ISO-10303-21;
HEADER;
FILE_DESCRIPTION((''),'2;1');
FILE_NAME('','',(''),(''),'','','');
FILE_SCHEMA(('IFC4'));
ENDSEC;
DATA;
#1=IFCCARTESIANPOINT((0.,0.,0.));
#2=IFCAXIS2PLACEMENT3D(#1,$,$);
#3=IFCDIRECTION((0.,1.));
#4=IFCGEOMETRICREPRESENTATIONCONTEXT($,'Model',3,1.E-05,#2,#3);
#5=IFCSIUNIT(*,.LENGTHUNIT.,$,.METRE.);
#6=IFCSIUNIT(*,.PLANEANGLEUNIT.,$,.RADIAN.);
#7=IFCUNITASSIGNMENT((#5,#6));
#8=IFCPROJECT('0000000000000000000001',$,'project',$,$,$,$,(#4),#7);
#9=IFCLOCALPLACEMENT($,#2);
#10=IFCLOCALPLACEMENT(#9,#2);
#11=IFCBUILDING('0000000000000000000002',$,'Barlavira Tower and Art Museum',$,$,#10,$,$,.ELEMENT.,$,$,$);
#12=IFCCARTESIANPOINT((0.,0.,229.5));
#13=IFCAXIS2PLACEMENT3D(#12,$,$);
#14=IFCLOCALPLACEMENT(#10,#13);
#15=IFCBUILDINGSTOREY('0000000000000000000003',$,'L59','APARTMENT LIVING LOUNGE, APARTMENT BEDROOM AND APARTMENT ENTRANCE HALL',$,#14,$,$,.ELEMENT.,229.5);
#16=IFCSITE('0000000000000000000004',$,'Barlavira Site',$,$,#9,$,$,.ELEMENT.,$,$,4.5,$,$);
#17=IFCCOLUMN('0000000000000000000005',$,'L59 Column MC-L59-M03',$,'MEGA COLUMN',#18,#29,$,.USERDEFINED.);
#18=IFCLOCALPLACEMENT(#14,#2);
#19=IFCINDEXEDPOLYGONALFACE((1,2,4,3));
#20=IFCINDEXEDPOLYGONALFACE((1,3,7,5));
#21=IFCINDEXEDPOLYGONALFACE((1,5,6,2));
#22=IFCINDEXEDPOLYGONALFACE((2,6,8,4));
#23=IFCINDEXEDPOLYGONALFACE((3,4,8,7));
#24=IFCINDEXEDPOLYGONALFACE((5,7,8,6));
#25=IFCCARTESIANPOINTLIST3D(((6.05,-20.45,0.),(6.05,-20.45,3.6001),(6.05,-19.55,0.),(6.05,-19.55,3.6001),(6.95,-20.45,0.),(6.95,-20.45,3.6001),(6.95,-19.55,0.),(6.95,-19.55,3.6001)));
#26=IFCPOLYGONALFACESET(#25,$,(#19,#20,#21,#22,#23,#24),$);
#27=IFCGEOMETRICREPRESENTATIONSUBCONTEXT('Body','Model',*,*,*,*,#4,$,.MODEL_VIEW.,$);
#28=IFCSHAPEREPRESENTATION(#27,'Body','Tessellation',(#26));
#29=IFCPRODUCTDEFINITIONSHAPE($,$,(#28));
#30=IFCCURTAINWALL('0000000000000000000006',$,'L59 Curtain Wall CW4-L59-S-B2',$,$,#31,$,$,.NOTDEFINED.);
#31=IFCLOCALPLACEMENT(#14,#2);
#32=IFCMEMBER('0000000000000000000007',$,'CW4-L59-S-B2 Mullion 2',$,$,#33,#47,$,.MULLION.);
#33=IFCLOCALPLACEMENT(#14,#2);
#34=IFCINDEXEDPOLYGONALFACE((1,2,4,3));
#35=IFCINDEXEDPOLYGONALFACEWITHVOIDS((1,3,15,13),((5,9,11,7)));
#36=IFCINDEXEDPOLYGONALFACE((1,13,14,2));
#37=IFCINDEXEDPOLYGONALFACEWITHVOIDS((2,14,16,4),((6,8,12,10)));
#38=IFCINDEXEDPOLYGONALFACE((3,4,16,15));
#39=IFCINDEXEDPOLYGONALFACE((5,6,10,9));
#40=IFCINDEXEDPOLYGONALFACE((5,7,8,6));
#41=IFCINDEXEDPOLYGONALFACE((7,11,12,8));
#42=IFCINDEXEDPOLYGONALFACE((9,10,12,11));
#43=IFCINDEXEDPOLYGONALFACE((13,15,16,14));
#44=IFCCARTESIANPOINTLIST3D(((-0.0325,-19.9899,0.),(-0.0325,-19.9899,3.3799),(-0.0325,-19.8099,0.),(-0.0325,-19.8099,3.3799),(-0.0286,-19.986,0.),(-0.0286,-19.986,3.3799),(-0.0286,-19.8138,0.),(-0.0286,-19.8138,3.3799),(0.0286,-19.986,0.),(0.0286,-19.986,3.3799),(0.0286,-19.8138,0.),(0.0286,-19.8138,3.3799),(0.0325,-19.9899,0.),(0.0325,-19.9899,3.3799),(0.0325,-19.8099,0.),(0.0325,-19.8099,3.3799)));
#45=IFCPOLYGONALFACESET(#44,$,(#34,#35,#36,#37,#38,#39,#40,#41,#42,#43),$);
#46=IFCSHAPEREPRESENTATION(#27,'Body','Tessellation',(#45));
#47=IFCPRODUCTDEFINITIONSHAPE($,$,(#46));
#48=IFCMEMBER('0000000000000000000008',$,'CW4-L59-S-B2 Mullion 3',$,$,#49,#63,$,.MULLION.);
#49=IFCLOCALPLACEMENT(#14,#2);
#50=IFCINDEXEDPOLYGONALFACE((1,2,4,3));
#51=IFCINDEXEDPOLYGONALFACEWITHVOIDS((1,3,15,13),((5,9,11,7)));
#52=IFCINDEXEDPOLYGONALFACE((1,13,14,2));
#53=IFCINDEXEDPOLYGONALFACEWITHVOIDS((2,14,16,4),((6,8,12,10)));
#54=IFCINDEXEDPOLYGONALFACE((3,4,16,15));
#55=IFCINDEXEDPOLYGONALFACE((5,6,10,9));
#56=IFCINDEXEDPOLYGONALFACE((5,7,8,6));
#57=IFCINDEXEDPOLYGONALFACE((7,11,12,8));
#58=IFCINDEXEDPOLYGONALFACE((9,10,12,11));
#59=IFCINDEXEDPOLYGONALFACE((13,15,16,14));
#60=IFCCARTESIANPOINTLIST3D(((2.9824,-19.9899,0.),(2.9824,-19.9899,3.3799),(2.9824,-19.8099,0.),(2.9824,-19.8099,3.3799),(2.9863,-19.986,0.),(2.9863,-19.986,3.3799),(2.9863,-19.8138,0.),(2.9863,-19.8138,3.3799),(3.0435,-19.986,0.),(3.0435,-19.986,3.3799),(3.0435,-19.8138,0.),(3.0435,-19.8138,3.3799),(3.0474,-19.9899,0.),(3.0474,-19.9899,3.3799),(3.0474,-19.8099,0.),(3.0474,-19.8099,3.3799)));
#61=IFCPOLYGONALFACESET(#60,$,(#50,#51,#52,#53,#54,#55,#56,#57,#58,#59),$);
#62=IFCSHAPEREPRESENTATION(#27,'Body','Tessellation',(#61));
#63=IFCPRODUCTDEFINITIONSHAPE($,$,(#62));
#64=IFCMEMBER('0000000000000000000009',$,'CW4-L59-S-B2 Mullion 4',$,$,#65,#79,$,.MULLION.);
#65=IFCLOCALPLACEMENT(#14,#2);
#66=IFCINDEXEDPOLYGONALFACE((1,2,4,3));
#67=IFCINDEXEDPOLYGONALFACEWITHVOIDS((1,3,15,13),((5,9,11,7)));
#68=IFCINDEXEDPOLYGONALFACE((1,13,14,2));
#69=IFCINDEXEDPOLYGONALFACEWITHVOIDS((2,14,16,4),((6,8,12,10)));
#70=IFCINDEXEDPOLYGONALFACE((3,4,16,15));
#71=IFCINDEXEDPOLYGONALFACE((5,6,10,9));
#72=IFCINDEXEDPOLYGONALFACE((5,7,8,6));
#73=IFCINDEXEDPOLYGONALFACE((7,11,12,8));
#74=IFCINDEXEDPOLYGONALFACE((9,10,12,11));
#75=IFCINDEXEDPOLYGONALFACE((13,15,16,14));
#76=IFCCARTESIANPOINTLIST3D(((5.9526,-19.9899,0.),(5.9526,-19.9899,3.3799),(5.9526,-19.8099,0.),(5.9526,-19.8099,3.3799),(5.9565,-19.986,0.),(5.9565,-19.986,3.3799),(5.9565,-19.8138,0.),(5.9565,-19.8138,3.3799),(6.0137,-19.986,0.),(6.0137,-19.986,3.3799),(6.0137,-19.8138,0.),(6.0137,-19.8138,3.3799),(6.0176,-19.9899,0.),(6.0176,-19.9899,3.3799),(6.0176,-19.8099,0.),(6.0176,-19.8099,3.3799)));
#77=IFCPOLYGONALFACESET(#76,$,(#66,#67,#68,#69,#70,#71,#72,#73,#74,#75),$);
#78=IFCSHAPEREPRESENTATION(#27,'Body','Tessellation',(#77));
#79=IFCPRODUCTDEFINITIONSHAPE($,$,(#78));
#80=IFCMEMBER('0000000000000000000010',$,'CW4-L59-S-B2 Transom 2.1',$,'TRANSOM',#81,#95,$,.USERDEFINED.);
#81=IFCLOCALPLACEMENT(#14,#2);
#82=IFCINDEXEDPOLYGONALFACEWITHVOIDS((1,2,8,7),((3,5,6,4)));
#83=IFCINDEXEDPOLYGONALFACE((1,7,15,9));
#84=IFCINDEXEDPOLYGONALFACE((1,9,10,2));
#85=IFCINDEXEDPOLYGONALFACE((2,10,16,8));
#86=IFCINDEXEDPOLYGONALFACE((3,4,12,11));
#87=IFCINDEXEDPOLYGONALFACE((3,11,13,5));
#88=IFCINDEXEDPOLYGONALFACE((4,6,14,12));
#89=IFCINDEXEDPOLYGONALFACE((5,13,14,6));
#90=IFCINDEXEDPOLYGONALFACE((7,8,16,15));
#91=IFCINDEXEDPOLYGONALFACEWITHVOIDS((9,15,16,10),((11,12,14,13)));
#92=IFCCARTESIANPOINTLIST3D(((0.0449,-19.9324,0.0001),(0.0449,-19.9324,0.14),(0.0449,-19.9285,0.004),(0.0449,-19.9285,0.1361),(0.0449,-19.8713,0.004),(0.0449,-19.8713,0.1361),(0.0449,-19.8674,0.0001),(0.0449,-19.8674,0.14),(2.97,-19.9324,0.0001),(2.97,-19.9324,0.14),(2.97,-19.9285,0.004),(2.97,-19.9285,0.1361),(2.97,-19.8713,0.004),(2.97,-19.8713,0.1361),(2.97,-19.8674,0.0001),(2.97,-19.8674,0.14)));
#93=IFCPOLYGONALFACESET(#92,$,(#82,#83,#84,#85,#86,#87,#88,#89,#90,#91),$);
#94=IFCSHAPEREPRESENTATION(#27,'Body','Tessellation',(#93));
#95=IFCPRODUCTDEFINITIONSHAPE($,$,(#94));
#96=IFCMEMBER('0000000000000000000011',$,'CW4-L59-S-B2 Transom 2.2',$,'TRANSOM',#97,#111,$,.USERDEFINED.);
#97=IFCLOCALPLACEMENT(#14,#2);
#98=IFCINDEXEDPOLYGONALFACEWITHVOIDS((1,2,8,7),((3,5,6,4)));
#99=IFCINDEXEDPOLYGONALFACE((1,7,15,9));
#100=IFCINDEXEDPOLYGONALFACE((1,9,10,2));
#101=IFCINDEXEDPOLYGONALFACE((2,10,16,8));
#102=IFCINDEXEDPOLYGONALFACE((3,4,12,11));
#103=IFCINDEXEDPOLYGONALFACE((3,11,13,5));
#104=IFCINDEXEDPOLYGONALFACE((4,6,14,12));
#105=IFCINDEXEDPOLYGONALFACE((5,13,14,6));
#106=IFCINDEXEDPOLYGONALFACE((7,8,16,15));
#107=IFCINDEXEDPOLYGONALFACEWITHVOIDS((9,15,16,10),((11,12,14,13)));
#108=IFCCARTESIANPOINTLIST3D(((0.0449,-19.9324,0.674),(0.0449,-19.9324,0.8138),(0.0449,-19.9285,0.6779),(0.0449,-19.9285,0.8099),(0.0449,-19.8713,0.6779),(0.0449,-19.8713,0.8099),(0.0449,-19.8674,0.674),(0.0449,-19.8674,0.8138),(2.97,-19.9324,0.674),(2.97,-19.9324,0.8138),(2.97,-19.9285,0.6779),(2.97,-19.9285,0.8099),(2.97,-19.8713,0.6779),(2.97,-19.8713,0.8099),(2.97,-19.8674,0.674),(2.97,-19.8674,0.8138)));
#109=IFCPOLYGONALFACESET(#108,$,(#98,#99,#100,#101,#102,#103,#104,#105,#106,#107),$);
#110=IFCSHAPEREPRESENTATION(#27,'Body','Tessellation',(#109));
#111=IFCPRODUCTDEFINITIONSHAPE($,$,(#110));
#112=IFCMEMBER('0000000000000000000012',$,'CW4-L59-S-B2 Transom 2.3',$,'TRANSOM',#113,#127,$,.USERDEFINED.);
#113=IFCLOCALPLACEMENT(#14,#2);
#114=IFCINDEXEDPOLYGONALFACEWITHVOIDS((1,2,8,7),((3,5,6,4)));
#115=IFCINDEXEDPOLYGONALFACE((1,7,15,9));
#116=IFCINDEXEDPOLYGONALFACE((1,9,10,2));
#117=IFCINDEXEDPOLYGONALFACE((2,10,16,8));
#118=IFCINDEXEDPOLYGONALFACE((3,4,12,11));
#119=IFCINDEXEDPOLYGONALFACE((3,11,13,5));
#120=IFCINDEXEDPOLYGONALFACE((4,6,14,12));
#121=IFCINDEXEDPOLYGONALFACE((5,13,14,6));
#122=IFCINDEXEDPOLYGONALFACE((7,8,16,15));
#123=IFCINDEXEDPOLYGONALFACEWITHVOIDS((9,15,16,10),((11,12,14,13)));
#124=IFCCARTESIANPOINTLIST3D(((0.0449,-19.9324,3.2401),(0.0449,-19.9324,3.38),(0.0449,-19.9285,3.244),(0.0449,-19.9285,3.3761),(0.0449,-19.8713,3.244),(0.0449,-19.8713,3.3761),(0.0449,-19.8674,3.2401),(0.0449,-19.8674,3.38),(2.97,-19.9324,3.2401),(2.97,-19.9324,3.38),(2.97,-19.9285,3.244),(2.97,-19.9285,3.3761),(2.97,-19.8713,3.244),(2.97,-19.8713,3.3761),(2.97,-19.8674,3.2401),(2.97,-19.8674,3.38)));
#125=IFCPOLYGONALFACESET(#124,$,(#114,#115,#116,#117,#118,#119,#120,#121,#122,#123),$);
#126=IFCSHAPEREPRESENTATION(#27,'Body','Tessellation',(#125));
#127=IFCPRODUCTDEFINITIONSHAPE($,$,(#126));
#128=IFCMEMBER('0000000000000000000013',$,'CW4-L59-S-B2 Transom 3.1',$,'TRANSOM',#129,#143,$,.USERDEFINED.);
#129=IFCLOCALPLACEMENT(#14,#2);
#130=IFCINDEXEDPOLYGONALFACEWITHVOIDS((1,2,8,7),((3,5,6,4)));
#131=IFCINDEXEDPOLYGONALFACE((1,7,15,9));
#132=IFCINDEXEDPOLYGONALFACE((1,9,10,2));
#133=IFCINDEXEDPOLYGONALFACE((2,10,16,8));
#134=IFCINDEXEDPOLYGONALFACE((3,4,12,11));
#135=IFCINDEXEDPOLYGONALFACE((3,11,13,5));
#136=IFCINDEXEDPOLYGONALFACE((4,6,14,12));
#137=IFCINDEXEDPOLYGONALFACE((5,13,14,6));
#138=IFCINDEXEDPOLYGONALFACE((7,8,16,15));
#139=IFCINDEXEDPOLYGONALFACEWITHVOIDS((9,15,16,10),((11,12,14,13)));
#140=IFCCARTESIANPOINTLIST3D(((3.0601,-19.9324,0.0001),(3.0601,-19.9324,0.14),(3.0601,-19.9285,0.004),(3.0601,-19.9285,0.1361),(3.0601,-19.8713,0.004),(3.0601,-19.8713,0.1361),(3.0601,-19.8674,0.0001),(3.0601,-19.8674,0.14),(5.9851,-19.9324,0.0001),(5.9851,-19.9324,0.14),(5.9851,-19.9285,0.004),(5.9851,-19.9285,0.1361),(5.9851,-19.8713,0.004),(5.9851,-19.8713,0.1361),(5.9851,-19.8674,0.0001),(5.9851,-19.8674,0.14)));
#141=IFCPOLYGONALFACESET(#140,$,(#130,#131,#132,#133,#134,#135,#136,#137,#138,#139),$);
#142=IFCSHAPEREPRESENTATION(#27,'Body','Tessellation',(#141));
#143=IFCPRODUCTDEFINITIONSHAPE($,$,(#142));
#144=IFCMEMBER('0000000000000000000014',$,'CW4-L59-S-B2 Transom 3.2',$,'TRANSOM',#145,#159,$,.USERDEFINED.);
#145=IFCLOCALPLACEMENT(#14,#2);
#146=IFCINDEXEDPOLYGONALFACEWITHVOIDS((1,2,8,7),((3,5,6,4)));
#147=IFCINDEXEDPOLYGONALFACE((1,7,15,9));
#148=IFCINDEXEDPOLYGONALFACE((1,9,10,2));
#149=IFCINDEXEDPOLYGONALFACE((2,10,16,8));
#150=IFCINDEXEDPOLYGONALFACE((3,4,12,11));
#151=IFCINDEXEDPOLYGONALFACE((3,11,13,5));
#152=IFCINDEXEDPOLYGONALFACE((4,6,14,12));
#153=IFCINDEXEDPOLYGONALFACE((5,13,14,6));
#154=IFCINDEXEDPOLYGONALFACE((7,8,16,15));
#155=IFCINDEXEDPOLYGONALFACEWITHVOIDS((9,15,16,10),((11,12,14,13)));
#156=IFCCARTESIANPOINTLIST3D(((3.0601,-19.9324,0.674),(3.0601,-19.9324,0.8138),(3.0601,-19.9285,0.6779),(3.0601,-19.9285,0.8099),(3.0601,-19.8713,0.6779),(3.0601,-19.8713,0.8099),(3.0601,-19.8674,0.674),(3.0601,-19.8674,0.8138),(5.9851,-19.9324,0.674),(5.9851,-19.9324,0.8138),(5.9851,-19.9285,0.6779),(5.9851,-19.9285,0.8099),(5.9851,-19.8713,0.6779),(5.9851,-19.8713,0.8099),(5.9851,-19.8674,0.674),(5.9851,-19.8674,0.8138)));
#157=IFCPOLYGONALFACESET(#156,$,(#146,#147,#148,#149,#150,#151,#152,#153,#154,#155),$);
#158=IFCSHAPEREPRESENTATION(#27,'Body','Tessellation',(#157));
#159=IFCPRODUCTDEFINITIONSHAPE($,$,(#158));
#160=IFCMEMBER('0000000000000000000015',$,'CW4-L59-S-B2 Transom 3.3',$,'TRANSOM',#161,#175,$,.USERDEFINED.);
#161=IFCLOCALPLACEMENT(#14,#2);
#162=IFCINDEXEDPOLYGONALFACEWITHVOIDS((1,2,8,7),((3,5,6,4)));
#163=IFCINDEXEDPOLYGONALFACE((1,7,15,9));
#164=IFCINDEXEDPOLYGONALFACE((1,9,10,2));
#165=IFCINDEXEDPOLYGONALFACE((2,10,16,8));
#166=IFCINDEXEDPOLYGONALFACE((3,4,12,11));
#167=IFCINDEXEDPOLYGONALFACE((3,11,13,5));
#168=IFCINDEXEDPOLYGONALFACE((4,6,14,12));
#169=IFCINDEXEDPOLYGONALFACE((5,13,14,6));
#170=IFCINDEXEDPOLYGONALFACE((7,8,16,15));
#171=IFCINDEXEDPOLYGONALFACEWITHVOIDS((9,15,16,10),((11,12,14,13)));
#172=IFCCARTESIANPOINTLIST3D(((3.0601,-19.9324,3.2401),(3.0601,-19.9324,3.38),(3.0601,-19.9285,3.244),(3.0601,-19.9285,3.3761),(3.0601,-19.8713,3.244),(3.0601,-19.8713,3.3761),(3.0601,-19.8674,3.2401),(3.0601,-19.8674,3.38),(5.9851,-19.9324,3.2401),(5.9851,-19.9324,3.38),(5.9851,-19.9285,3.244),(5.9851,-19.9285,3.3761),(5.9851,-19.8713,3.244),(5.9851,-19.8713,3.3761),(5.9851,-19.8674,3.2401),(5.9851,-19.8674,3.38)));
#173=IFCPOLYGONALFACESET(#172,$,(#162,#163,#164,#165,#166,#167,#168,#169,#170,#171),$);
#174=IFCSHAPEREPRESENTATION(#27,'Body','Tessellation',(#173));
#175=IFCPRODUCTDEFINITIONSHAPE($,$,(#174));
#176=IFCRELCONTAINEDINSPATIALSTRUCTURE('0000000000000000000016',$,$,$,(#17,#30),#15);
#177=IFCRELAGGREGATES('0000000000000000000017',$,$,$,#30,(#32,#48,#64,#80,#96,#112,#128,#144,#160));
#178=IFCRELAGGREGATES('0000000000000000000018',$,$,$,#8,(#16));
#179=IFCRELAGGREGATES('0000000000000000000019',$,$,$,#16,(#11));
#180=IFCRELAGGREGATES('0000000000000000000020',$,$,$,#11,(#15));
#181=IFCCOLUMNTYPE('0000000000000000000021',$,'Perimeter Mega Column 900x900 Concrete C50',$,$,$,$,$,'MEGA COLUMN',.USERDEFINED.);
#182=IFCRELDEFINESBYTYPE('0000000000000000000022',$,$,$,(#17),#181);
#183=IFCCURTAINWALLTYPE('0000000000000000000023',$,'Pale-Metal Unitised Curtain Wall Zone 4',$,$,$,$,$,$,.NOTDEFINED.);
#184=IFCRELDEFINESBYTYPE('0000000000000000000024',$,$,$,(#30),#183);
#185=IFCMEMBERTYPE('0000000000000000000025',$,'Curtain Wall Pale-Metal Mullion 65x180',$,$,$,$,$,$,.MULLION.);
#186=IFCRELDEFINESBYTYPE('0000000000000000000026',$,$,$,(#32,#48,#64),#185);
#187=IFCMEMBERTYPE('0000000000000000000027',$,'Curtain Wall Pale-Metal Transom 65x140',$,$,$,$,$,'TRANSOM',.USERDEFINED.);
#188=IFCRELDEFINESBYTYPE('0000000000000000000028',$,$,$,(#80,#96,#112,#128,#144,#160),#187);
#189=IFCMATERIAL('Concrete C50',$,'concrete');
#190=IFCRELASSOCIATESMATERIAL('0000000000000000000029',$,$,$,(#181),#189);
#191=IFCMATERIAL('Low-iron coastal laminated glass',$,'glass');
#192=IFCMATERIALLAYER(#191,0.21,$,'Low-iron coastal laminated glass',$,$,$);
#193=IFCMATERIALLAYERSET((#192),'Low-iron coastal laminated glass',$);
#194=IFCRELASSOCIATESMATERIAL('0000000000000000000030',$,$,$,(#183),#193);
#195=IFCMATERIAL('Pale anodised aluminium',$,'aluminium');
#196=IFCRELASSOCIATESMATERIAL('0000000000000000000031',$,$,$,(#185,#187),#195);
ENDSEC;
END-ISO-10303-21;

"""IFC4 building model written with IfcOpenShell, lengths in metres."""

from ifc_helpers import new_model, si_unit, direction, frame, origin, origin_2d, place, context, subcontext, project, spatial, rectangle, hollow_rectangle, extrude, material, layer, layer_set, material_profile, profile_set, type_object, element, aggregate, save


model = new_model("IFC4")

# Units and contexts
model_context = context("Model", 3, precision=1e-05, world=origin(), true_north=direction((0.0, 1.0)))
body_context = subcontext(model_context, "Body", "Model", "MODEL_VIEW")
ifc_project = project(units=[si_unit("LENGTHUNIT", "METRE"), si_unit("PLANEANGLEUNIT", "RADIAN")], contexts=[model_context])

# Site, building, storey
site_placement = place(None, origin())
site = spatial("IfcSite", under=ifc_project, at=site_placement, Name="Barlavira Site", CompositionType="ELEMENT", RefElevation=4.5)
building_placement = place(site_placement, origin())
building = spatial("IfcBuilding", under=site, at=building_placement, Name="Barlavira Tower and Art Museum", CompositionType="ELEMENT")
storey_placement = place(building_placement, frame((0.0, 0.0, 229.5)))
storey = spatial("IfcBuildingStorey", under=building, at=storey_placement, Name="L59", Description="APARTMENT LIVING LOUNGE, APARTMENT BEDROOM AND APARTMENT ENTRANCE HALL", CompositionType="ELEMENT", Elevation=229.5)

# Column
ifc_material_1 = material(Name="Concrete C50", Category="concrete")
ifc_material_profile_1 = material_profile(ifc_material_1, rectangle(XDim=0.8999, YDim=0.8999, at=origin_2d()), Name="RC-COL 900x900")
ifc_profile_set_1 = profile_set([ifc_material_profile_1], Name="Concrete C50")
column_type = type_object("IfcColumnType", Name="Perimeter Mega Column 900x900 Concrete C50", ElementType="MEGA COLUMN", PredefinedType="USERDEFINED", material=ifc_profile_set_1)
column_placement = place(storey_placement, frame((6.5, -20.0, 0.0), z_axis=(0.0, 0.0, 1.0), x_axis=(1.0, 0.0, 0.0)))
element("IfcColumn", 1, at=column_placement, inside=storey, type_object=column_type, Name="L59 Column MC-L59-M03", ObjectType="MEGA COLUMN", PredefinedType="USERDEFINED", context=body_context, shape_type="SweptSolid", body=[
    extrude(rectangle(XDim=0.8999, YDim=0.8999, at=origin_2d()), origin(), (0.0, 0.0, 1.0), 3.6001),
])

# Curtain wall, members
ifc_material_2 = material(Name="Low-iron coastal laminated glass", Category="glass")
ifc_layer_1 = layer(ifc_material_2, 0.21, Name="Low-iron coastal laminated glass")
ifc_layer_set_1 = layer_set([ifc_layer_1], Name="Low-iron coastal laminated glass")
curtain_wall_type = type_object("IfcCurtainWallType", Name="Pale-Metal Unitised Curtain Wall Zone 4", PredefinedType="NOTDEFINED", material=ifc_layer_set_1)
curtain_wall_placement = place(storey_placement, origin())
curtain_wall = element("IfcCurtainWall", 2, at=curtain_wall_placement, inside=storey, type_object=curtain_wall_type, Name="L59 Curtain Wall CW4-L59-S-B2", PredefinedType="NOTDEFINED")
ifc_material_3 = material(Name="Pale anodised aluminium", Category="aluminium")
ifc_material_profile_2 = material_profile(ifc_material_3, hollow_rectangle(XDim=0.0649, YDim=0.1799, WallThickness=0.0039, at=origin_2d()), Name="ALU-MULL 65x180x4")
ifc_profile_set_2 = profile_set([ifc_material_profile_2], Name="Pale anodised aluminium")
member_type_1 = type_object("IfcMemberType", Name="Curtain Wall Pale-Metal Mullion 65x180", PredefinedType="MULLION", material=ifc_profile_set_2)
member_1_placement = place(storey_placement, frame((0.0, -19.8999, 0.0), z_axis=(0.0, 0.0, 1.0), x_axis=(1.0, 0.0, 0.0)))
member_1 = element("IfcMember", 3, at=member_1_placement, type_object=member_type_1, Name="CW4-L59-S-B2 Mullion 2", PredefinedType="MULLION", context=body_context, shape_type="SweptSolid", body=[
    extrude(hollow_rectangle(XDim=0.0649, YDim=0.1799, WallThickness=0.0039, at=origin_2d()), origin(), (0.0, 0.0, 1.0), 3.3799),
])
member_2_placement = place(storey_placement, frame((3.0149, -19.8999, 0.0), z_axis=(0.0, 0.0, 1.0), x_axis=(1.0, 0.0, 0.0)))
member_2 = element("IfcMember", 4, at=member_2_placement, type_object=member_type_1, Name="CW4-L59-S-B2 Mullion 3", PredefinedType="MULLION", context=body_context, shape_type="SweptSolid", body=[
    extrude(hollow_rectangle(XDim=0.0649, YDim=0.1799, WallThickness=0.0039, at=origin_2d()), origin(), (0.0, 0.0, 1.0), 3.3799),
])
member_3_placement = place(storey_placement, frame((5.9851, -19.8999, 0.0), z_axis=(0.0, 0.0, 1.0), x_axis=(1.0, 0.0, 0.0)))
member_3 = element("IfcMember", 5, at=member_3_placement, type_object=member_type_1, Name="CW4-L59-S-B2 Mullion 4", PredefinedType="MULLION", context=body_context, shape_type="SweptSolid", body=[
    extrude(hollow_rectangle(XDim=0.0649, YDim=0.1799, WallThickness=0.0039, at=origin_2d()), origin(), (0.0, 0.0, 1.0), 3.3799),
])
ifc_material_profile_3 = material_profile(ifc_material_3, hollow_rectangle(XDim=0.0649, YDim=0.1399, WallThickness=0.0039, at=origin_2d()), Name="ALU-TRAN 65x140x4")
ifc_profile_set_3 = profile_set([ifc_material_profile_3], Name="Pale anodised aluminium")
member_type_2 = type_object("IfcMemberType", Name="Curtain Wall Pale-Metal Transom 65x140", ElementType="TRANSOM", PredefinedType="USERDEFINED", material=ifc_profile_set_3)
member_4_placement = place(storey_placement, frame((0.0449, -19.8999, 0.0701), z_axis=(1.0, 0.0, 0.0), x_axis=(0.0, 1.0, 0.0)))
member_4 = element("IfcMember", 6, at=member_4_placement, type_object=member_type_2, Name="CW4-L59-S-B2 Transom 2.1", ObjectType="TRANSOM", PredefinedType="USERDEFINED", context=body_context, shape_type="SweptSolid", body=[
    extrude(hollow_rectangle(XDim=0.0649, YDim=0.1399, WallThickness=0.0039, at=origin_2d()), origin(), (0.0, 0.0, 1.0), 2.925),
])
member_5_placement = place(storey_placement, frame((0.0449, -19.8999, 0.7439), z_axis=(1.0, 0.0, 0.0), x_axis=(0.0, 1.0, 0.0)))
member_5 = element("IfcMember", 7, at=member_5_placement, type_object=member_type_2, Name="CW4-L59-S-B2 Transom 2.2", ObjectType="TRANSOM", PredefinedType="USERDEFINED", context=body_context, shape_type="SweptSolid", body=[
    extrude(hollow_rectangle(XDim=0.0649, YDim=0.1399, WallThickness=0.0039, at=origin_2d()), origin(), (0.0, 0.0, 1.0), 2.925),
])
member_6_placement = place(storey_placement, frame((0.0449, -19.8999, 3.3101), z_axis=(1.0, 0.0, 0.0), x_axis=(0.0, 1.0, 0.0)))
member_6 = element("IfcMember", 8, at=member_6_placement, type_object=member_type_2, Name="CW4-L59-S-B2 Transom 2.3", ObjectType="TRANSOM", PredefinedType="USERDEFINED", context=body_context, shape_type="SweptSolid", body=[
    extrude(hollow_rectangle(XDim=0.0649, YDim=0.1399, WallThickness=0.0039, at=origin_2d()), origin(), (0.0, 0.0, 1.0), 2.925),
])
member_7_placement = place(storey_placement, frame((3.0601, -19.8999, 0.0701), z_axis=(1.0, 0.0, 0.0), x_axis=(0.0, 1.0, 0.0)))
member_7 = element("IfcMember", 9, at=member_7_placement, type_object=member_type_2, Name="CW4-L59-S-B2 Transom 3.1", ObjectType="TRANSOM", PredefinedType="USERDEFINED", context=body_context, shape_type="SweptSolid", body=[
    extrude(hollow_rectangle(XDim=0.0649, YDim=0.1399, WallThickness=0.0039, at=origin_2d()), origin(), (0.0, 0.0, 1.0), 2.925),
])
member_8_placement = place(storey_placement, frame((3.0601, -19.8999, 0.7439), z_axis=(1.0, 0.0, 0.0), x_axis=(0.0, 1.0, 0.0)))
member_8 = element("IfcMember", 10, at=member_8_placement, type_object=member_type_2, Name="CW4-L59-S-B2 Transom 3.2", ObjectType="TRANSOM", PredefinedType="USERDEFINED", context=body_context, shape_type="SweptSolid", body=[
    extrude(hollow_rectangle(XDim=0.0649, YDim=0.1399, WallThickness=0.0039, at=origin_2d()), origin(), (0.0, 0.0, 1.0), 2.925),
])
member_9_placement = place(storey_placement, frame((3.0601, -19.8999, 3.3101), z_axis=(1.0, 0.0, 0.0), x_axis=(0.0, 1.0, 0.0)))
member_9 = element("IfcMember", 11, at=member_9_placement, type_object=member_type_2, Name="CW4-L59-S-B2 Transom 3.3", ObjectType="TRANSOM", PredefinedType="USERDEFINED", context=body_context, shape_type="SweptSolid", body=[
    extrude(hollow_rectangle(XDim=0.0649, YDim=0.1399, WallThickness=0.0039, at=origin_2d()), origin(), (0.0, 0.0, 1.0), 2.925),
])

aggregate(curtain_wall, [member_1, member_2, member_3, member_4, member_5, member_6, member_7, member_8, member_9])

save(model, "model.ifc")
